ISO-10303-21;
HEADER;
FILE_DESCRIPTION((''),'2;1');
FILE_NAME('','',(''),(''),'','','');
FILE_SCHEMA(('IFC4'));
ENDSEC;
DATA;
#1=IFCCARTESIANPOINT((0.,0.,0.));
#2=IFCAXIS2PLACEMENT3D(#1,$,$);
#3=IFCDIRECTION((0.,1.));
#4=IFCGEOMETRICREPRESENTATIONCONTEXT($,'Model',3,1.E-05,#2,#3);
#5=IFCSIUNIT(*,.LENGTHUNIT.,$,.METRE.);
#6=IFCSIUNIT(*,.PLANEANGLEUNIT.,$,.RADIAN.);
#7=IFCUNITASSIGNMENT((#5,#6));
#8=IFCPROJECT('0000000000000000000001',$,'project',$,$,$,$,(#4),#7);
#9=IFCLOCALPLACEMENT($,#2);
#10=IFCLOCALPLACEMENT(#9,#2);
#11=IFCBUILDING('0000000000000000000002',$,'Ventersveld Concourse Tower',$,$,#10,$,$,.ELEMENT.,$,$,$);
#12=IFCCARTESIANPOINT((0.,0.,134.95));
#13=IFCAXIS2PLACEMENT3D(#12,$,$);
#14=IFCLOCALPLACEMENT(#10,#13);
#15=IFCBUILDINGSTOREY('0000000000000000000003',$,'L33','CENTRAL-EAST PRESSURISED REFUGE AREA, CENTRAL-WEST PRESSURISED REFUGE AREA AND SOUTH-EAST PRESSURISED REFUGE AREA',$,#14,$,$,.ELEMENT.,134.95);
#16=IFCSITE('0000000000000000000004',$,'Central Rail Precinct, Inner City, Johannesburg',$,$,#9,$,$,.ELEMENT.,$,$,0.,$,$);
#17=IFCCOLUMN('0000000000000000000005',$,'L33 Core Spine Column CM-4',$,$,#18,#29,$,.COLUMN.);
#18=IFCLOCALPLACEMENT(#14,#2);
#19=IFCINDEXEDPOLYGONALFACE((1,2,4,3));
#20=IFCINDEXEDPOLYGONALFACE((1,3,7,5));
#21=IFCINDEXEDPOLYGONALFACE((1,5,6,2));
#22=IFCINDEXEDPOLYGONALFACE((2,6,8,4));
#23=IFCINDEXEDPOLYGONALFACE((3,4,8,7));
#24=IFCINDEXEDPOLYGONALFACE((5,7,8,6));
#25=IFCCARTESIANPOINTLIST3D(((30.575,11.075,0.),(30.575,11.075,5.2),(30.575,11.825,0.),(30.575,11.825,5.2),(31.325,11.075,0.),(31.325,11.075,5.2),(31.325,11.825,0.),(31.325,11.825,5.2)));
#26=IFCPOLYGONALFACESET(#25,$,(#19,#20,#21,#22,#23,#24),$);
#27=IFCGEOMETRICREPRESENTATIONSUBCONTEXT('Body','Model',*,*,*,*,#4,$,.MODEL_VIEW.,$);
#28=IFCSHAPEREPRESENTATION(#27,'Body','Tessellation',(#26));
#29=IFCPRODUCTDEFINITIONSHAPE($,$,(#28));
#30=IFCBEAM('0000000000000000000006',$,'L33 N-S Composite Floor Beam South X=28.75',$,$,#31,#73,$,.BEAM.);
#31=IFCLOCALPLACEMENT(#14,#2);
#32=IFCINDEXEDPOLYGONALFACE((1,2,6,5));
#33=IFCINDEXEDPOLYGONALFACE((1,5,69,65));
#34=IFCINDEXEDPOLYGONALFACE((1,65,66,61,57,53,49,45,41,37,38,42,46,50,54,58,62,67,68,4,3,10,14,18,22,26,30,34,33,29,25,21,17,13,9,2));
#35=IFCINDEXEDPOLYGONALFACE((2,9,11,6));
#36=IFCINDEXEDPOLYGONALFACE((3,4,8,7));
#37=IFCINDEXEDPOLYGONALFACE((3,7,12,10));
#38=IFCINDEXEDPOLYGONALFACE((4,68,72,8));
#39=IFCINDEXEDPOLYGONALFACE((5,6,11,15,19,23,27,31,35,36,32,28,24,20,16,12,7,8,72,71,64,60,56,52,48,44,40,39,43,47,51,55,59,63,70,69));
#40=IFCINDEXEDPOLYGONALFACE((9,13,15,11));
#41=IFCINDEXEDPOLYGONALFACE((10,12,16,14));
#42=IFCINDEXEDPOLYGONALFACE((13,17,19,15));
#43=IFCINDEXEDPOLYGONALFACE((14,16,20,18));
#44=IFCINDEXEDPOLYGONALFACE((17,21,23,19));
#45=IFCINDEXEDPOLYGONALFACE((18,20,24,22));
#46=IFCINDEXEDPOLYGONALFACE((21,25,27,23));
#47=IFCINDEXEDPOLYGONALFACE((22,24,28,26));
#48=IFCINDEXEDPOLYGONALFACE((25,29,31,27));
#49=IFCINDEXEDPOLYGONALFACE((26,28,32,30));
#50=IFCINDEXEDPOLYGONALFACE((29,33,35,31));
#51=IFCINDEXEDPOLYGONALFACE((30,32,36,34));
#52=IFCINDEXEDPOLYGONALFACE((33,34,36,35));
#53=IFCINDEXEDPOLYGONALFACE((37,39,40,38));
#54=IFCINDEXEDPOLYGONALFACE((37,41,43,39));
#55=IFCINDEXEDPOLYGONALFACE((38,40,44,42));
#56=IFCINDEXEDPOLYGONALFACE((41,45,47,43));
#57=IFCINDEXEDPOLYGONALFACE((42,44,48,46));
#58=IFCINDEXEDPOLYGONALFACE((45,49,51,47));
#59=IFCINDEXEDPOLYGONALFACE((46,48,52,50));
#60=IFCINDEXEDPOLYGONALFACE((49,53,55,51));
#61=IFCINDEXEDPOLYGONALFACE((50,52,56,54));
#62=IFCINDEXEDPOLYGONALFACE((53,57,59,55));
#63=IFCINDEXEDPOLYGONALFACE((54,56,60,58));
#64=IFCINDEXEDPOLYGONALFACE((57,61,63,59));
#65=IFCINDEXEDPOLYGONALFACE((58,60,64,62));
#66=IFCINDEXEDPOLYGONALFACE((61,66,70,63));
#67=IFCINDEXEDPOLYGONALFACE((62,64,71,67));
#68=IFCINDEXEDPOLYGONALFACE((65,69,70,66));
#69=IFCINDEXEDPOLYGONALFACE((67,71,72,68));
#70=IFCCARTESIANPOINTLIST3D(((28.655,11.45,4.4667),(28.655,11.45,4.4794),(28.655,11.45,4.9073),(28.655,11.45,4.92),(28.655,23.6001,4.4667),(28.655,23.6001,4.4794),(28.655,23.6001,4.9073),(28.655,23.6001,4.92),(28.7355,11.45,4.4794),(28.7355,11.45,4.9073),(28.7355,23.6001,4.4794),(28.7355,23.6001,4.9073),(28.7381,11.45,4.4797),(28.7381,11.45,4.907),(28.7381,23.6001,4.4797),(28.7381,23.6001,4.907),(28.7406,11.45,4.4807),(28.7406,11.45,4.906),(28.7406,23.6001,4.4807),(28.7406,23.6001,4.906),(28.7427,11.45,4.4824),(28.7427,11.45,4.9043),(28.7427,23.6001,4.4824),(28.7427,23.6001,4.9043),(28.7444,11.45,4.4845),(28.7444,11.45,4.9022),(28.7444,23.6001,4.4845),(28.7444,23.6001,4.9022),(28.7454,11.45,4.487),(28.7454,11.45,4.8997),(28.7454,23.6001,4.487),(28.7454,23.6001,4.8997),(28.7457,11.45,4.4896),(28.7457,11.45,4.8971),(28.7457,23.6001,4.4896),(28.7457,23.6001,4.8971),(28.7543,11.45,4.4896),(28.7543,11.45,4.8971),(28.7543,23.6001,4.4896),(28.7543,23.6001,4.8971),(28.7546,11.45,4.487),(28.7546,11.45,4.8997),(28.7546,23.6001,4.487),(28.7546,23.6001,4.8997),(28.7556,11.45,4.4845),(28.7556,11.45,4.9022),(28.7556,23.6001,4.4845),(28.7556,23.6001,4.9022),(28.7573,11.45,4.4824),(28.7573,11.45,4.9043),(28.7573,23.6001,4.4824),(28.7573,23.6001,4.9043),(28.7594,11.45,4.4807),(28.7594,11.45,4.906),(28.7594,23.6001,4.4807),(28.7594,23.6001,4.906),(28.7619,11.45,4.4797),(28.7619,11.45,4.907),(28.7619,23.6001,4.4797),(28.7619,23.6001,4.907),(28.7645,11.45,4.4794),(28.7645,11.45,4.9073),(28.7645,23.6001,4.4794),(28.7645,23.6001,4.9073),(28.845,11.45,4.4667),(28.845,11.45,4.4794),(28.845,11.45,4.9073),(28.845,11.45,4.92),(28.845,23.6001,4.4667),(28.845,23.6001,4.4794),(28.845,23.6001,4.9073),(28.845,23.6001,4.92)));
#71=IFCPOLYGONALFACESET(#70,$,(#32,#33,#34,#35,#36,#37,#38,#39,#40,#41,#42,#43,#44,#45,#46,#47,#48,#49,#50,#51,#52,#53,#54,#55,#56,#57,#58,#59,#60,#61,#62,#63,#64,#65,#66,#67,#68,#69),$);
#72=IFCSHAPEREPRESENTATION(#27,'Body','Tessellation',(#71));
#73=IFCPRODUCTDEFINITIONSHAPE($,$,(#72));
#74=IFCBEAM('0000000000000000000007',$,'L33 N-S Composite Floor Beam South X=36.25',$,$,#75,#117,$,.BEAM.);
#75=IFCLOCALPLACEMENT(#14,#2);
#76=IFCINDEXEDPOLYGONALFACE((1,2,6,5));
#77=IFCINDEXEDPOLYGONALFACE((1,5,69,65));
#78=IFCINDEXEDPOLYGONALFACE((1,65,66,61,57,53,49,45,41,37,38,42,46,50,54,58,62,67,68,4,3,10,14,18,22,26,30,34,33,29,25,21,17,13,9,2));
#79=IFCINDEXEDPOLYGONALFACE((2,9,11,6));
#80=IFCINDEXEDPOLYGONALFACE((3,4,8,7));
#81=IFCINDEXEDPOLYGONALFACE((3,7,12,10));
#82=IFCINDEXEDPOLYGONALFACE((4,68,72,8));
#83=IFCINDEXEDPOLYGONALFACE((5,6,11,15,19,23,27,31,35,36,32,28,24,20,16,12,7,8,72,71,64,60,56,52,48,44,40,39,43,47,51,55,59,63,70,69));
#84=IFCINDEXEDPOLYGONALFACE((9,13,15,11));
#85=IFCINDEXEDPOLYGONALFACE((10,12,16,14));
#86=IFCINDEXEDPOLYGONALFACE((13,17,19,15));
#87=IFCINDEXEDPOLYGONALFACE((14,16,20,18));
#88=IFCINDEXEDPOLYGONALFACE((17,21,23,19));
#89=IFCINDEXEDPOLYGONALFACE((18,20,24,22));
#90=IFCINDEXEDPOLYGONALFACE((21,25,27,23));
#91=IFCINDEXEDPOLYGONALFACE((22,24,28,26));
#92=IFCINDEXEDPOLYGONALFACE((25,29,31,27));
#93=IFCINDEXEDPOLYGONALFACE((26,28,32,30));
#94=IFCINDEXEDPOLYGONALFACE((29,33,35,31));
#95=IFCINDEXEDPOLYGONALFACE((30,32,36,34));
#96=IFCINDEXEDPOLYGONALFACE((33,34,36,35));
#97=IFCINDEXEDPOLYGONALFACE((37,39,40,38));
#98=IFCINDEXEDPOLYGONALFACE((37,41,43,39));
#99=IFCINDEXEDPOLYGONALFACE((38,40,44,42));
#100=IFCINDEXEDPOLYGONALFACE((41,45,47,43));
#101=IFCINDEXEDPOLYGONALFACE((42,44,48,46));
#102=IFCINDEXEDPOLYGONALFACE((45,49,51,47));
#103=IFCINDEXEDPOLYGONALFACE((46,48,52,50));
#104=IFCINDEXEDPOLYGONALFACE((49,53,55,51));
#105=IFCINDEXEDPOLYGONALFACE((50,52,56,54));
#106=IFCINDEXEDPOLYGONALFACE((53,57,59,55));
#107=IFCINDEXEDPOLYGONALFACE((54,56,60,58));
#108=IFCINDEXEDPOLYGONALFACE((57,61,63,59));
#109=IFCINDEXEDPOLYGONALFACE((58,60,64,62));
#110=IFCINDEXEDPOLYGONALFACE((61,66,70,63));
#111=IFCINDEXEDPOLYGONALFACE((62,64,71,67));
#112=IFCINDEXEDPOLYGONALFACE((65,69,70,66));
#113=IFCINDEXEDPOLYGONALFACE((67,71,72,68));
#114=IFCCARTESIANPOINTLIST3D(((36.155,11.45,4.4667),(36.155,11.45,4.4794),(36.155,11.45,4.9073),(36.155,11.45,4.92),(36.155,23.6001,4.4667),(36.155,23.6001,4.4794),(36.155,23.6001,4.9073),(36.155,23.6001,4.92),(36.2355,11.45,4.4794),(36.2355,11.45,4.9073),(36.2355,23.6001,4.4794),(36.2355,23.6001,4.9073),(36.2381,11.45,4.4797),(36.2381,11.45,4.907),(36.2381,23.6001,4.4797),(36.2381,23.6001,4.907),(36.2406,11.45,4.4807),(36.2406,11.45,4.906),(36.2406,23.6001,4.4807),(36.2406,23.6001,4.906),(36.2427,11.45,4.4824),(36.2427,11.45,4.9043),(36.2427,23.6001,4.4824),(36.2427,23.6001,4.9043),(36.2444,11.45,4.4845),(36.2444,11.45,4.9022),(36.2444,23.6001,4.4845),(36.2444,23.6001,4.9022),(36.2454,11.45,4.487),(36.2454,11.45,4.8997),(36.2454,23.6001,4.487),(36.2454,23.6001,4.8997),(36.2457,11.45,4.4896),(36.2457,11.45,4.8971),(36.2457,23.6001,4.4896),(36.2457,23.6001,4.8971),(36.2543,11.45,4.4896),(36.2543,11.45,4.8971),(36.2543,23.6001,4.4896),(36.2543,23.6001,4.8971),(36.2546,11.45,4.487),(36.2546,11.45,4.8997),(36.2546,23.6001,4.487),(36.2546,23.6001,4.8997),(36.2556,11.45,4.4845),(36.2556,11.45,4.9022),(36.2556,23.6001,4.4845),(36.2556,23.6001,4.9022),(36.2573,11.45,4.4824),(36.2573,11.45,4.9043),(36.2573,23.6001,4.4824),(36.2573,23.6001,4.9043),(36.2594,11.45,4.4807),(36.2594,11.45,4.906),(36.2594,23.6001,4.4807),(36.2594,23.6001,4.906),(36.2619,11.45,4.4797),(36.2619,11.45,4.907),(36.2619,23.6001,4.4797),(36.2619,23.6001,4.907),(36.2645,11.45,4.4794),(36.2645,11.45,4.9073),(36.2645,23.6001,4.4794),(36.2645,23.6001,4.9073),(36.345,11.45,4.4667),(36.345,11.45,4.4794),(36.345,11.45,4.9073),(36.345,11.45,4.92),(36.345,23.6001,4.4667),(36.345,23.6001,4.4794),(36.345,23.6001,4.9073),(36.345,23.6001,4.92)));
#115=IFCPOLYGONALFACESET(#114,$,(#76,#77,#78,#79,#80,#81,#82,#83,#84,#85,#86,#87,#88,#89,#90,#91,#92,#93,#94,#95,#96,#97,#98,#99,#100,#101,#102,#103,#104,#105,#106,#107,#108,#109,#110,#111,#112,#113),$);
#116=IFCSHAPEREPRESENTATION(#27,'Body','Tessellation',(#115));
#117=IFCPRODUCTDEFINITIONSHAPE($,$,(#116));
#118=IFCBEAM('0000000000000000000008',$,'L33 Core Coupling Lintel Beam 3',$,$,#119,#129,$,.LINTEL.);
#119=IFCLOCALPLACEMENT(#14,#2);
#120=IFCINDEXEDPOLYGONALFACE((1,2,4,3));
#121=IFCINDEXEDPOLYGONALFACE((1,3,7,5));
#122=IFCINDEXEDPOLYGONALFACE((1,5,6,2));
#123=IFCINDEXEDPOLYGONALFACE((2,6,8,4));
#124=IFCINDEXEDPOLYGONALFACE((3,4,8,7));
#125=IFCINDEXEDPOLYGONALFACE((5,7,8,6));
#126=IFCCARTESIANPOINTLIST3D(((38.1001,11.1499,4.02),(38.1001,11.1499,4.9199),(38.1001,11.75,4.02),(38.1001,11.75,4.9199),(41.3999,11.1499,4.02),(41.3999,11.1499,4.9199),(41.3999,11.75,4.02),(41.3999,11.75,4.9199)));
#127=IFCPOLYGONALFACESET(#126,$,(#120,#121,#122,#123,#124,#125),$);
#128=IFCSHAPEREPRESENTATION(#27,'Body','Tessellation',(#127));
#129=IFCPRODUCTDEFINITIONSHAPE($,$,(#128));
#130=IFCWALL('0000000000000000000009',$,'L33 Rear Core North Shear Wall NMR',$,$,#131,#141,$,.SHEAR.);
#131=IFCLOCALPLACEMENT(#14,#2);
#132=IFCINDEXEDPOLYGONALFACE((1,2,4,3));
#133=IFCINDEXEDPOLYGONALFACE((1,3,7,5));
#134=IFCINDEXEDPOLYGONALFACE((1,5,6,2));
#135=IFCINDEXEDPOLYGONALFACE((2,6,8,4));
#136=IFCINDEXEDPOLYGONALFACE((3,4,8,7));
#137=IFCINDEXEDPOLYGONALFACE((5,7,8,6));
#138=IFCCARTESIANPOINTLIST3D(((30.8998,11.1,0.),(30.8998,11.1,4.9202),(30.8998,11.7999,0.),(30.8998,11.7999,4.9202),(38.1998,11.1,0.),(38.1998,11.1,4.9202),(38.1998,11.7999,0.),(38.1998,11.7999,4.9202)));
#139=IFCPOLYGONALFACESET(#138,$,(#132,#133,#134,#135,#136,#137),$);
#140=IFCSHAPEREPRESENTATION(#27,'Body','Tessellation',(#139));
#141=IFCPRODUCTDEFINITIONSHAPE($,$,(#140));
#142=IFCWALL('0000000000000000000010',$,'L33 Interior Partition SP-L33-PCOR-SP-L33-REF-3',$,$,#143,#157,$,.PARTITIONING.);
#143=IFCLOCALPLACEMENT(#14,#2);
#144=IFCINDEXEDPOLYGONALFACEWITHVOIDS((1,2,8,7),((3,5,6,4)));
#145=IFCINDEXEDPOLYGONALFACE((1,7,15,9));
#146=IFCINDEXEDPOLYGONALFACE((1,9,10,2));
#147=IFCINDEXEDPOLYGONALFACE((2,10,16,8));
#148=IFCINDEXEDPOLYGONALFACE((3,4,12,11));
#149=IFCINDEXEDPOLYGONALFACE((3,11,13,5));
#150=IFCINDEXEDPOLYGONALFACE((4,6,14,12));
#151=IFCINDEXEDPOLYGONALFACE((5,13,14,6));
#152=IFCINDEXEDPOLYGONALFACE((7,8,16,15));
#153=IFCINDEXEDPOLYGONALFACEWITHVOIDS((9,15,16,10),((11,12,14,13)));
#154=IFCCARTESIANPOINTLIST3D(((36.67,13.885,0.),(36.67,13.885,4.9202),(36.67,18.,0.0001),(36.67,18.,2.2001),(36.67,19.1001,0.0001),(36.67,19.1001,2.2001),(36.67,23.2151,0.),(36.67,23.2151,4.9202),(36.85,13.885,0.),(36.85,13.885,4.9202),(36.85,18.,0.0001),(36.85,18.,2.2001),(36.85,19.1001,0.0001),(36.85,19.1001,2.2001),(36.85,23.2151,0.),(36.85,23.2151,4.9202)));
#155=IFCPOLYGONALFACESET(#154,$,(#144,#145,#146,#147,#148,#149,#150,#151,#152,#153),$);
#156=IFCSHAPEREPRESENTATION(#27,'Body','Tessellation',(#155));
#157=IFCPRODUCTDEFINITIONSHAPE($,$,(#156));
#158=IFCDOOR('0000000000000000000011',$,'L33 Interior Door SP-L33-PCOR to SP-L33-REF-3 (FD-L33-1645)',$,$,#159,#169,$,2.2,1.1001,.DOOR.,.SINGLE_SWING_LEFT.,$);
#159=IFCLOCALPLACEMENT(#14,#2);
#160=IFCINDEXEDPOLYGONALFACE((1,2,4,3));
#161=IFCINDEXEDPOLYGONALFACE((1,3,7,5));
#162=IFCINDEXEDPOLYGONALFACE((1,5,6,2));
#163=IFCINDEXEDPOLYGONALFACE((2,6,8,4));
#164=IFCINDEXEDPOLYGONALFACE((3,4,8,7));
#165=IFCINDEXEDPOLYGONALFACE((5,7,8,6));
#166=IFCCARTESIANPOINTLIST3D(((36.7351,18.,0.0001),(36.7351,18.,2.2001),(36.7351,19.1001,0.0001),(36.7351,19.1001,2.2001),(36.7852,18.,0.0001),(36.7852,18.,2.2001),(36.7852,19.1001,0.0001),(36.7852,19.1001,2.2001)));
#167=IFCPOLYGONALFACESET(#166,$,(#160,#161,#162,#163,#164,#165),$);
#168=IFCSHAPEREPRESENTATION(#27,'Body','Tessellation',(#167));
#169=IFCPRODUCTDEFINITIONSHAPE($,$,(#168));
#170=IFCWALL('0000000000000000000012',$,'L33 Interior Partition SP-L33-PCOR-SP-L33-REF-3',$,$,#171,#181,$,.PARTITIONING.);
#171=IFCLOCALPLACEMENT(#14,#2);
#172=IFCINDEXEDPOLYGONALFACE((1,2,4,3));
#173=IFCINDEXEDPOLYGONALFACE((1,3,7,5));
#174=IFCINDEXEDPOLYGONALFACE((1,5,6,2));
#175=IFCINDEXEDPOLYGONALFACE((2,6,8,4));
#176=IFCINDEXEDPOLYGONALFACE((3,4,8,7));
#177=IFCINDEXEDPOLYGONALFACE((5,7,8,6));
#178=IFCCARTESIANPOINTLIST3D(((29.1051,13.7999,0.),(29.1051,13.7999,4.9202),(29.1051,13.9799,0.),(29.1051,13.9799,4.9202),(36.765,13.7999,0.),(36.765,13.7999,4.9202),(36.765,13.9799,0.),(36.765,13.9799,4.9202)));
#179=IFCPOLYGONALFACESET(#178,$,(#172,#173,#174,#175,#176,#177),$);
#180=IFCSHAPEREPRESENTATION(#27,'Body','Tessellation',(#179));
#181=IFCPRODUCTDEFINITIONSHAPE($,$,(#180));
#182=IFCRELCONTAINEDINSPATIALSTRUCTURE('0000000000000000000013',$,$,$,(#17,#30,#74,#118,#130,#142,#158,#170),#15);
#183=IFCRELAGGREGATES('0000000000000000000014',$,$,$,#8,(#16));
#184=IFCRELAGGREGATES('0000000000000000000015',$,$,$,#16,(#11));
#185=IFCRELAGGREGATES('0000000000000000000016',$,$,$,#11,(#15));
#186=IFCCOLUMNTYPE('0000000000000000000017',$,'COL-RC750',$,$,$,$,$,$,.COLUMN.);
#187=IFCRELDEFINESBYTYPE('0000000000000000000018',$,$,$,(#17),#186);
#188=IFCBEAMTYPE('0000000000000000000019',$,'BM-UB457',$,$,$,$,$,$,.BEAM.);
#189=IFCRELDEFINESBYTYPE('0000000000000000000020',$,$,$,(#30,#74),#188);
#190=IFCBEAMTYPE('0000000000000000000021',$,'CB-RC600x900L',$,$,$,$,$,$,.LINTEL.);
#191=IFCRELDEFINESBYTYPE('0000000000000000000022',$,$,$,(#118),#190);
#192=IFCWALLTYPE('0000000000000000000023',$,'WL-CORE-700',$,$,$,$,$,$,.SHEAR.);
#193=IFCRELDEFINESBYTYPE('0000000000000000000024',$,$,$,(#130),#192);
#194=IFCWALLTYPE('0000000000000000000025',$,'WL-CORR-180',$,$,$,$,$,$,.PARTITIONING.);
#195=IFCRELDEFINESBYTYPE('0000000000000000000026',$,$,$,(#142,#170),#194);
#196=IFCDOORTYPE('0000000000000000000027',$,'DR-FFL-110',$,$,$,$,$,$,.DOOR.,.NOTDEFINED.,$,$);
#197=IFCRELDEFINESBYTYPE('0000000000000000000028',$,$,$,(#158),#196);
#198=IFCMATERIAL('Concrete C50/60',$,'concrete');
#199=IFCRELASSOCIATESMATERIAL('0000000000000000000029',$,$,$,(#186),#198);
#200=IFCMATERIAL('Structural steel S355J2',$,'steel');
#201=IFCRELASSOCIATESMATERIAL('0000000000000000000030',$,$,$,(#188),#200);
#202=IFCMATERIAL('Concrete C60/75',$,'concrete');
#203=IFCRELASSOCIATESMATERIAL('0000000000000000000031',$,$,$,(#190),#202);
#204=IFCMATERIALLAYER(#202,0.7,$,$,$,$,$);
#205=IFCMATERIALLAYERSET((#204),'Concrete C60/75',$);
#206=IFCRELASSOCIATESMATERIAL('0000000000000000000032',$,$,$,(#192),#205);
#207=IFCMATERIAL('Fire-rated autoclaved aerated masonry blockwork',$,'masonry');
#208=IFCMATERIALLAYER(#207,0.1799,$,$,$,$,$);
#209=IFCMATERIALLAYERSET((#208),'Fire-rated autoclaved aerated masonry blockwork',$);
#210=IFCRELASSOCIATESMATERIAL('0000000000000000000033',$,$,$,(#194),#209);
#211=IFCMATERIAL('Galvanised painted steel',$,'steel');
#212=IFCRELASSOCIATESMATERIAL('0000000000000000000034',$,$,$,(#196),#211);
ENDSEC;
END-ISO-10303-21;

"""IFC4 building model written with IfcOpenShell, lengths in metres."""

from ifc_helpers import new_model, si_unit, direction, frame, frame_2d, origin, origin_2d, place, context, subcontext, project, spatial, rectangle, i_section, extrude, material, layer, layer_set, material_profile, profile_set, type_object, element, fill, save


model = new_model("IFC4")

# Units and contexts
model_context = context("Model", 3, precision=1e-05, world=origin(), true_north=direction((0.0, 1.0)))
body_context = subcontext(model_context, "Body", "Model", "MODEL_VIEW")
ifc_project = project(units=[si_unit("LENGTHUNIT", "METRE"), si_unit("PLANEANGLEUNIT", "RADIAN")], contexts=[model_context])

# Site, building, storey
site_placement = place(None, origin())
site = spatial("IfcSite", under=ifc_project, at=site_placement, Name="Central Rail Precinct, Inner City, Johannesburg", CompositionType="ELEMENT", RefElevation=0.0)
building_placement = place(site_placement, origin())
building = spatial("IfcBuilding", under=site, at=building_placement, Name="Ventersveld Concourse Tower", CompositionType="ELEMENT")
storey_placement = place(building_placement, frame((0.0, 0.0, 134.95)))
storey = spatial("IfcBuildingStorey", under=building, at=storey_placement, Name="L33", Description="CENTRAL-EAST PRESSURISED REFUGE AREA, CENTRAL-WEST PRESSURISED REFUGE AREA AND SOUTH-EAST PRESSURISED REFUGE AREA", CompositionType="ELEMENT", Elevation=134.95)

# Column
ifc_material_1 = material(Name="Concrete C50/60", Category="concrete")
ifc_material_profile_1 = material_profile(ifc_material_1, rectangle(XDim=0.75, YDim=0.75, at=origin_2d()), Name="RC 750x750")
ifc_profile_set_1 = profile_set([ifc_material_profile_1], Name="Concrete C50/60")
column_type = type_object("IfcColumnType", Name="COL-RC750", PredefinedType="COLUMN", material=ifc_profile_set_1)
column_placement = place(storey_placement, frame((30.95, 11.45, 0.0), z_axis=(0.0, 0.0, 1.0), x_axis=(1.0, 0.0, 0.0)))
element("IfcColumn", 1, at=column_placement, inside=storey, type_object=column_type, Name="L33 Core Spine Column CM-4", PredefinedType="COLUMN", context=body_context, shape_type="SweptSolid", body=[
    extrude(rectangle(XDim=0.75, YDim=0.75, at=origin_2d()), origin(), (0.0, 0.0, 1.0), 5.2),
])

# Beams
ifc_material_2 = material(Name="Structural steel S355J2", Category="steel")
ifc_material_profile_2 = material_profile(ifc_material_2, i_section(OverallWidth=0.1899, OverallDepth=0.4534, WebThickness=0.0085, FlangeThickness=0.0127, FilletRadius=0.0103, at=origin_2d()), Name="UB 457x191x67")
ifc_profile_set_2 = profile_set([ifc_material_profile_2], Name="Structural steel S355J2")
beam_type_1 = type_object("IfcBeamType", Name="BM-UB457", PredefinedType="BEAM", material=ifc_profile_set_2)
for number, where, z_axis, x_axis, name in (
    (2, (28.75, 11.45, 4.6934), (0.0, 1.0, 0.0), (-1.0, 0.0, 0.0), "L33 N-S Composite Floor Beam South X=28.75"),
    (3, (36.25, 11.45, 4.6934), (0.0, 1.0, 0.0), (-1.0, 0.0, 0.0), "L33 N-S Composite Floor Beam South X=36.25"),
):
    element("IfcBeam", number, at=place(storey_placement, frame(where, z_axis=z_axis, x_axis=x_axis)), inside=storey, type_object=beam_type_1, Name=name, PredefinedType="BEAM", context=body_context, shape_type="SweptSolid", body=[
        extrude(i_section(OverallWidth=0.1899, OverallDepth=0.4534, WebThickness=0.0085, FlangeThickness=0.0127, FilletRadius=0.0103, at=origin_2d()), origin(), (0.0, 0.0, 1.0), 12.1501),
    ])
ifc_material_3 = material(Name="Concrete C60/75", Category="concrete")
ifc_material_profile_3 = material_profile(ifc_material_3, rectangle(XDim=0.6001, YDim=0.8999, at=origin_2d()), Name="RC 600x900")
ifc_profile_set_3 = profile_set([ifc_material_profile_3], Name="Concrete C60/75")
beam_type_2 = type_object("IfcBeamType", Name="CB-RC600x900L", PredefinedType="LINTEL", material=ifc_profile_set_3)
beam_placement = place(storey_placement, frame((38.1001, 11.45, 4.47), z_axis=(1.0, 0.0, 0.0), x_axis=(0.0, 1.0, 0.0)))
element("IfcBeam", 4, at=beam_placement, inside=storey, type_object=beam_type_2, Name="L33 Core Coupling Lintel Beam 3", PredefinedType="LINTEL", context=body_context, shape_type="SweptSolid", body=[
    extrude(rectangle(XDim=0.6001, YDim=0.8999, at=origin_2d()), origin(), (0.0, 0.0, 1.0), 3.2998),
])

# Wall
ifc_layer_1 = layer(ifc_material_3, 0.7)
ifc_layer_set_1 = layer_set([ifc_layer_1], Name="Concrete C60/75")
wall_type_1 = type_object("IfcWallType", Name="WL-CORE-700", PredefinedType="SHEAR", material=ifc_layer_set_1)
wall_1_placement = place(storey_placement, frame((30.8999, 11.45, 0.0), z_axis=(0.0, 0.0, 1.0), x_axis=(1.0, 0.0, 0.0)))
element("IfcWall", 5, at=wall_1_placement, inside=storey, type_object=wall_type_1, Name="L33 Rear Core North Shear Wall NMR", PredefinedType="SHEAR", context=body_context, shape_type="SweptSolid", body=[
    extrude(rectangle(XDim=7.3, YDim=0.7, at=frame_2d((3.6499, 0.0))), origin(), (0.0, 0.0, 1.0), 4.9202),
])

# Wall, opening, door
ifc_material_4 = material(Name="Fire-rated autoclaved aerated masonry blockwork", Category="masonry")
ifc_layer_2 = layer(ifc_material_4, 0.1799)
ifc_layer_set_2 = layer_set([ifc_layer_2], Name="Fire-rated autoclaved aerated masonry blockwork")
wall_type_2 = type_object("IfcWallType", Name="WL-CORR-180", PredefinedType="PARTITIONING", material=ifc_layer_set_2)
wall_2_placement = place(storey_placement, frame((36.76, 13.885, 0.0), z_axis=(0.0, 0.0, 1.0), x_axis=(0.0, 1.0, 0.0)))
wall_2 = element("IfcWall", 6, at=wall_2_placement, inside=storey, type_object=wall_type_2, Name="L33 Interior Partition SP-L33-PCOR-SP-L33-REF-3", PredefinedType="PARTITIONING", context=body_context, shape_type="SweptSolid", body=[
    extrude(rectangle(XDim=9.3301, YDim=0.1799, at=frame_2d((4.665, 0.0))), origin(), (0.0, 0.0, 1.0), 4.9202),
])
opening_1_placement = place(wall_2_placement, frame((4.115, 0.0, 0.0)))
opening_1 = element("IfcOpeningElement", 7, at=opening_1_placement, cuts=wall_2, PredefinedType="OPENING", context=body_context, shape_type="SweptSolid", body=[
    extrude(rectangle(XDim=1.1001, YDim=2.2, at=frame_2d((0.55, 1.1001))), frame((0.0, 0.1001, 0.0), z_axis=(0.0, -1.0, 0.0), x_axis=(1.0, 0.0, 0.0)), (0.0, 0.0, 1.0), 0.2),
])
ifc_material_5 = material(Name="Galvanised painted steel", Category="steel")
door_type_1 = type_object("IfcDoorType", Name="DR-FFL-110", OperationType="NOTDEFINED", PredefinedType="DOOR", material=ifc_material_5)
door_1_placement = place(opening_1_placement, origin())
door_1 = element("IfcDoor", 8, at=door_1_placement, inside=storey, type_object=door_type_1, Name="L33 Interior Door SP-L33-PCOR to SP-L33-REF-3 (FD-L33-1645)", OperationType="SINGLE_SWING_LEFT", OverallHeight=2.2, OverallWidth=1.1001, PredefinedType="DOOR", context=body_context, shape_type="SweptSolid", body=[
    extrude(rectangle(XDim=1.1001, YDim=2.2, at=frame_2d((0.55, 1.1001))), frame((0.0, 0.0249, 0.0), z_axis=(0.0, -1.0, 0.0), x_axis=(1.0, 0.0, 0.0)), (0.0, 0.0, 1.0), 0.05),
])
fill(opening_1, door_1)

# Wall
wall_3_placement = place(storey_placement, frame((29.105, 13.8899, 0.0), z_axis=(0.0, 0.0, 1.0), x_axis=(1.0, 0.0, 0.0)))
element("IfcWall", 9, at=wall_3_placement, inside=storey, type_object=wall_type_2, Name="L33 Interior Partition SP-L33-PCOR-SP-L33-REF-3", PredefinedType="PARTITIONING", context=body_context, shape_type="SweptSolid", body=[
    extrude(rectangle(XDim=7.6599, YDim=0.1799, at=frame_2d((3.8301, 0.0))), origin(), (0.0, 0.0, 1.0), 4.9202),
])

save(model, "model.ifc")
